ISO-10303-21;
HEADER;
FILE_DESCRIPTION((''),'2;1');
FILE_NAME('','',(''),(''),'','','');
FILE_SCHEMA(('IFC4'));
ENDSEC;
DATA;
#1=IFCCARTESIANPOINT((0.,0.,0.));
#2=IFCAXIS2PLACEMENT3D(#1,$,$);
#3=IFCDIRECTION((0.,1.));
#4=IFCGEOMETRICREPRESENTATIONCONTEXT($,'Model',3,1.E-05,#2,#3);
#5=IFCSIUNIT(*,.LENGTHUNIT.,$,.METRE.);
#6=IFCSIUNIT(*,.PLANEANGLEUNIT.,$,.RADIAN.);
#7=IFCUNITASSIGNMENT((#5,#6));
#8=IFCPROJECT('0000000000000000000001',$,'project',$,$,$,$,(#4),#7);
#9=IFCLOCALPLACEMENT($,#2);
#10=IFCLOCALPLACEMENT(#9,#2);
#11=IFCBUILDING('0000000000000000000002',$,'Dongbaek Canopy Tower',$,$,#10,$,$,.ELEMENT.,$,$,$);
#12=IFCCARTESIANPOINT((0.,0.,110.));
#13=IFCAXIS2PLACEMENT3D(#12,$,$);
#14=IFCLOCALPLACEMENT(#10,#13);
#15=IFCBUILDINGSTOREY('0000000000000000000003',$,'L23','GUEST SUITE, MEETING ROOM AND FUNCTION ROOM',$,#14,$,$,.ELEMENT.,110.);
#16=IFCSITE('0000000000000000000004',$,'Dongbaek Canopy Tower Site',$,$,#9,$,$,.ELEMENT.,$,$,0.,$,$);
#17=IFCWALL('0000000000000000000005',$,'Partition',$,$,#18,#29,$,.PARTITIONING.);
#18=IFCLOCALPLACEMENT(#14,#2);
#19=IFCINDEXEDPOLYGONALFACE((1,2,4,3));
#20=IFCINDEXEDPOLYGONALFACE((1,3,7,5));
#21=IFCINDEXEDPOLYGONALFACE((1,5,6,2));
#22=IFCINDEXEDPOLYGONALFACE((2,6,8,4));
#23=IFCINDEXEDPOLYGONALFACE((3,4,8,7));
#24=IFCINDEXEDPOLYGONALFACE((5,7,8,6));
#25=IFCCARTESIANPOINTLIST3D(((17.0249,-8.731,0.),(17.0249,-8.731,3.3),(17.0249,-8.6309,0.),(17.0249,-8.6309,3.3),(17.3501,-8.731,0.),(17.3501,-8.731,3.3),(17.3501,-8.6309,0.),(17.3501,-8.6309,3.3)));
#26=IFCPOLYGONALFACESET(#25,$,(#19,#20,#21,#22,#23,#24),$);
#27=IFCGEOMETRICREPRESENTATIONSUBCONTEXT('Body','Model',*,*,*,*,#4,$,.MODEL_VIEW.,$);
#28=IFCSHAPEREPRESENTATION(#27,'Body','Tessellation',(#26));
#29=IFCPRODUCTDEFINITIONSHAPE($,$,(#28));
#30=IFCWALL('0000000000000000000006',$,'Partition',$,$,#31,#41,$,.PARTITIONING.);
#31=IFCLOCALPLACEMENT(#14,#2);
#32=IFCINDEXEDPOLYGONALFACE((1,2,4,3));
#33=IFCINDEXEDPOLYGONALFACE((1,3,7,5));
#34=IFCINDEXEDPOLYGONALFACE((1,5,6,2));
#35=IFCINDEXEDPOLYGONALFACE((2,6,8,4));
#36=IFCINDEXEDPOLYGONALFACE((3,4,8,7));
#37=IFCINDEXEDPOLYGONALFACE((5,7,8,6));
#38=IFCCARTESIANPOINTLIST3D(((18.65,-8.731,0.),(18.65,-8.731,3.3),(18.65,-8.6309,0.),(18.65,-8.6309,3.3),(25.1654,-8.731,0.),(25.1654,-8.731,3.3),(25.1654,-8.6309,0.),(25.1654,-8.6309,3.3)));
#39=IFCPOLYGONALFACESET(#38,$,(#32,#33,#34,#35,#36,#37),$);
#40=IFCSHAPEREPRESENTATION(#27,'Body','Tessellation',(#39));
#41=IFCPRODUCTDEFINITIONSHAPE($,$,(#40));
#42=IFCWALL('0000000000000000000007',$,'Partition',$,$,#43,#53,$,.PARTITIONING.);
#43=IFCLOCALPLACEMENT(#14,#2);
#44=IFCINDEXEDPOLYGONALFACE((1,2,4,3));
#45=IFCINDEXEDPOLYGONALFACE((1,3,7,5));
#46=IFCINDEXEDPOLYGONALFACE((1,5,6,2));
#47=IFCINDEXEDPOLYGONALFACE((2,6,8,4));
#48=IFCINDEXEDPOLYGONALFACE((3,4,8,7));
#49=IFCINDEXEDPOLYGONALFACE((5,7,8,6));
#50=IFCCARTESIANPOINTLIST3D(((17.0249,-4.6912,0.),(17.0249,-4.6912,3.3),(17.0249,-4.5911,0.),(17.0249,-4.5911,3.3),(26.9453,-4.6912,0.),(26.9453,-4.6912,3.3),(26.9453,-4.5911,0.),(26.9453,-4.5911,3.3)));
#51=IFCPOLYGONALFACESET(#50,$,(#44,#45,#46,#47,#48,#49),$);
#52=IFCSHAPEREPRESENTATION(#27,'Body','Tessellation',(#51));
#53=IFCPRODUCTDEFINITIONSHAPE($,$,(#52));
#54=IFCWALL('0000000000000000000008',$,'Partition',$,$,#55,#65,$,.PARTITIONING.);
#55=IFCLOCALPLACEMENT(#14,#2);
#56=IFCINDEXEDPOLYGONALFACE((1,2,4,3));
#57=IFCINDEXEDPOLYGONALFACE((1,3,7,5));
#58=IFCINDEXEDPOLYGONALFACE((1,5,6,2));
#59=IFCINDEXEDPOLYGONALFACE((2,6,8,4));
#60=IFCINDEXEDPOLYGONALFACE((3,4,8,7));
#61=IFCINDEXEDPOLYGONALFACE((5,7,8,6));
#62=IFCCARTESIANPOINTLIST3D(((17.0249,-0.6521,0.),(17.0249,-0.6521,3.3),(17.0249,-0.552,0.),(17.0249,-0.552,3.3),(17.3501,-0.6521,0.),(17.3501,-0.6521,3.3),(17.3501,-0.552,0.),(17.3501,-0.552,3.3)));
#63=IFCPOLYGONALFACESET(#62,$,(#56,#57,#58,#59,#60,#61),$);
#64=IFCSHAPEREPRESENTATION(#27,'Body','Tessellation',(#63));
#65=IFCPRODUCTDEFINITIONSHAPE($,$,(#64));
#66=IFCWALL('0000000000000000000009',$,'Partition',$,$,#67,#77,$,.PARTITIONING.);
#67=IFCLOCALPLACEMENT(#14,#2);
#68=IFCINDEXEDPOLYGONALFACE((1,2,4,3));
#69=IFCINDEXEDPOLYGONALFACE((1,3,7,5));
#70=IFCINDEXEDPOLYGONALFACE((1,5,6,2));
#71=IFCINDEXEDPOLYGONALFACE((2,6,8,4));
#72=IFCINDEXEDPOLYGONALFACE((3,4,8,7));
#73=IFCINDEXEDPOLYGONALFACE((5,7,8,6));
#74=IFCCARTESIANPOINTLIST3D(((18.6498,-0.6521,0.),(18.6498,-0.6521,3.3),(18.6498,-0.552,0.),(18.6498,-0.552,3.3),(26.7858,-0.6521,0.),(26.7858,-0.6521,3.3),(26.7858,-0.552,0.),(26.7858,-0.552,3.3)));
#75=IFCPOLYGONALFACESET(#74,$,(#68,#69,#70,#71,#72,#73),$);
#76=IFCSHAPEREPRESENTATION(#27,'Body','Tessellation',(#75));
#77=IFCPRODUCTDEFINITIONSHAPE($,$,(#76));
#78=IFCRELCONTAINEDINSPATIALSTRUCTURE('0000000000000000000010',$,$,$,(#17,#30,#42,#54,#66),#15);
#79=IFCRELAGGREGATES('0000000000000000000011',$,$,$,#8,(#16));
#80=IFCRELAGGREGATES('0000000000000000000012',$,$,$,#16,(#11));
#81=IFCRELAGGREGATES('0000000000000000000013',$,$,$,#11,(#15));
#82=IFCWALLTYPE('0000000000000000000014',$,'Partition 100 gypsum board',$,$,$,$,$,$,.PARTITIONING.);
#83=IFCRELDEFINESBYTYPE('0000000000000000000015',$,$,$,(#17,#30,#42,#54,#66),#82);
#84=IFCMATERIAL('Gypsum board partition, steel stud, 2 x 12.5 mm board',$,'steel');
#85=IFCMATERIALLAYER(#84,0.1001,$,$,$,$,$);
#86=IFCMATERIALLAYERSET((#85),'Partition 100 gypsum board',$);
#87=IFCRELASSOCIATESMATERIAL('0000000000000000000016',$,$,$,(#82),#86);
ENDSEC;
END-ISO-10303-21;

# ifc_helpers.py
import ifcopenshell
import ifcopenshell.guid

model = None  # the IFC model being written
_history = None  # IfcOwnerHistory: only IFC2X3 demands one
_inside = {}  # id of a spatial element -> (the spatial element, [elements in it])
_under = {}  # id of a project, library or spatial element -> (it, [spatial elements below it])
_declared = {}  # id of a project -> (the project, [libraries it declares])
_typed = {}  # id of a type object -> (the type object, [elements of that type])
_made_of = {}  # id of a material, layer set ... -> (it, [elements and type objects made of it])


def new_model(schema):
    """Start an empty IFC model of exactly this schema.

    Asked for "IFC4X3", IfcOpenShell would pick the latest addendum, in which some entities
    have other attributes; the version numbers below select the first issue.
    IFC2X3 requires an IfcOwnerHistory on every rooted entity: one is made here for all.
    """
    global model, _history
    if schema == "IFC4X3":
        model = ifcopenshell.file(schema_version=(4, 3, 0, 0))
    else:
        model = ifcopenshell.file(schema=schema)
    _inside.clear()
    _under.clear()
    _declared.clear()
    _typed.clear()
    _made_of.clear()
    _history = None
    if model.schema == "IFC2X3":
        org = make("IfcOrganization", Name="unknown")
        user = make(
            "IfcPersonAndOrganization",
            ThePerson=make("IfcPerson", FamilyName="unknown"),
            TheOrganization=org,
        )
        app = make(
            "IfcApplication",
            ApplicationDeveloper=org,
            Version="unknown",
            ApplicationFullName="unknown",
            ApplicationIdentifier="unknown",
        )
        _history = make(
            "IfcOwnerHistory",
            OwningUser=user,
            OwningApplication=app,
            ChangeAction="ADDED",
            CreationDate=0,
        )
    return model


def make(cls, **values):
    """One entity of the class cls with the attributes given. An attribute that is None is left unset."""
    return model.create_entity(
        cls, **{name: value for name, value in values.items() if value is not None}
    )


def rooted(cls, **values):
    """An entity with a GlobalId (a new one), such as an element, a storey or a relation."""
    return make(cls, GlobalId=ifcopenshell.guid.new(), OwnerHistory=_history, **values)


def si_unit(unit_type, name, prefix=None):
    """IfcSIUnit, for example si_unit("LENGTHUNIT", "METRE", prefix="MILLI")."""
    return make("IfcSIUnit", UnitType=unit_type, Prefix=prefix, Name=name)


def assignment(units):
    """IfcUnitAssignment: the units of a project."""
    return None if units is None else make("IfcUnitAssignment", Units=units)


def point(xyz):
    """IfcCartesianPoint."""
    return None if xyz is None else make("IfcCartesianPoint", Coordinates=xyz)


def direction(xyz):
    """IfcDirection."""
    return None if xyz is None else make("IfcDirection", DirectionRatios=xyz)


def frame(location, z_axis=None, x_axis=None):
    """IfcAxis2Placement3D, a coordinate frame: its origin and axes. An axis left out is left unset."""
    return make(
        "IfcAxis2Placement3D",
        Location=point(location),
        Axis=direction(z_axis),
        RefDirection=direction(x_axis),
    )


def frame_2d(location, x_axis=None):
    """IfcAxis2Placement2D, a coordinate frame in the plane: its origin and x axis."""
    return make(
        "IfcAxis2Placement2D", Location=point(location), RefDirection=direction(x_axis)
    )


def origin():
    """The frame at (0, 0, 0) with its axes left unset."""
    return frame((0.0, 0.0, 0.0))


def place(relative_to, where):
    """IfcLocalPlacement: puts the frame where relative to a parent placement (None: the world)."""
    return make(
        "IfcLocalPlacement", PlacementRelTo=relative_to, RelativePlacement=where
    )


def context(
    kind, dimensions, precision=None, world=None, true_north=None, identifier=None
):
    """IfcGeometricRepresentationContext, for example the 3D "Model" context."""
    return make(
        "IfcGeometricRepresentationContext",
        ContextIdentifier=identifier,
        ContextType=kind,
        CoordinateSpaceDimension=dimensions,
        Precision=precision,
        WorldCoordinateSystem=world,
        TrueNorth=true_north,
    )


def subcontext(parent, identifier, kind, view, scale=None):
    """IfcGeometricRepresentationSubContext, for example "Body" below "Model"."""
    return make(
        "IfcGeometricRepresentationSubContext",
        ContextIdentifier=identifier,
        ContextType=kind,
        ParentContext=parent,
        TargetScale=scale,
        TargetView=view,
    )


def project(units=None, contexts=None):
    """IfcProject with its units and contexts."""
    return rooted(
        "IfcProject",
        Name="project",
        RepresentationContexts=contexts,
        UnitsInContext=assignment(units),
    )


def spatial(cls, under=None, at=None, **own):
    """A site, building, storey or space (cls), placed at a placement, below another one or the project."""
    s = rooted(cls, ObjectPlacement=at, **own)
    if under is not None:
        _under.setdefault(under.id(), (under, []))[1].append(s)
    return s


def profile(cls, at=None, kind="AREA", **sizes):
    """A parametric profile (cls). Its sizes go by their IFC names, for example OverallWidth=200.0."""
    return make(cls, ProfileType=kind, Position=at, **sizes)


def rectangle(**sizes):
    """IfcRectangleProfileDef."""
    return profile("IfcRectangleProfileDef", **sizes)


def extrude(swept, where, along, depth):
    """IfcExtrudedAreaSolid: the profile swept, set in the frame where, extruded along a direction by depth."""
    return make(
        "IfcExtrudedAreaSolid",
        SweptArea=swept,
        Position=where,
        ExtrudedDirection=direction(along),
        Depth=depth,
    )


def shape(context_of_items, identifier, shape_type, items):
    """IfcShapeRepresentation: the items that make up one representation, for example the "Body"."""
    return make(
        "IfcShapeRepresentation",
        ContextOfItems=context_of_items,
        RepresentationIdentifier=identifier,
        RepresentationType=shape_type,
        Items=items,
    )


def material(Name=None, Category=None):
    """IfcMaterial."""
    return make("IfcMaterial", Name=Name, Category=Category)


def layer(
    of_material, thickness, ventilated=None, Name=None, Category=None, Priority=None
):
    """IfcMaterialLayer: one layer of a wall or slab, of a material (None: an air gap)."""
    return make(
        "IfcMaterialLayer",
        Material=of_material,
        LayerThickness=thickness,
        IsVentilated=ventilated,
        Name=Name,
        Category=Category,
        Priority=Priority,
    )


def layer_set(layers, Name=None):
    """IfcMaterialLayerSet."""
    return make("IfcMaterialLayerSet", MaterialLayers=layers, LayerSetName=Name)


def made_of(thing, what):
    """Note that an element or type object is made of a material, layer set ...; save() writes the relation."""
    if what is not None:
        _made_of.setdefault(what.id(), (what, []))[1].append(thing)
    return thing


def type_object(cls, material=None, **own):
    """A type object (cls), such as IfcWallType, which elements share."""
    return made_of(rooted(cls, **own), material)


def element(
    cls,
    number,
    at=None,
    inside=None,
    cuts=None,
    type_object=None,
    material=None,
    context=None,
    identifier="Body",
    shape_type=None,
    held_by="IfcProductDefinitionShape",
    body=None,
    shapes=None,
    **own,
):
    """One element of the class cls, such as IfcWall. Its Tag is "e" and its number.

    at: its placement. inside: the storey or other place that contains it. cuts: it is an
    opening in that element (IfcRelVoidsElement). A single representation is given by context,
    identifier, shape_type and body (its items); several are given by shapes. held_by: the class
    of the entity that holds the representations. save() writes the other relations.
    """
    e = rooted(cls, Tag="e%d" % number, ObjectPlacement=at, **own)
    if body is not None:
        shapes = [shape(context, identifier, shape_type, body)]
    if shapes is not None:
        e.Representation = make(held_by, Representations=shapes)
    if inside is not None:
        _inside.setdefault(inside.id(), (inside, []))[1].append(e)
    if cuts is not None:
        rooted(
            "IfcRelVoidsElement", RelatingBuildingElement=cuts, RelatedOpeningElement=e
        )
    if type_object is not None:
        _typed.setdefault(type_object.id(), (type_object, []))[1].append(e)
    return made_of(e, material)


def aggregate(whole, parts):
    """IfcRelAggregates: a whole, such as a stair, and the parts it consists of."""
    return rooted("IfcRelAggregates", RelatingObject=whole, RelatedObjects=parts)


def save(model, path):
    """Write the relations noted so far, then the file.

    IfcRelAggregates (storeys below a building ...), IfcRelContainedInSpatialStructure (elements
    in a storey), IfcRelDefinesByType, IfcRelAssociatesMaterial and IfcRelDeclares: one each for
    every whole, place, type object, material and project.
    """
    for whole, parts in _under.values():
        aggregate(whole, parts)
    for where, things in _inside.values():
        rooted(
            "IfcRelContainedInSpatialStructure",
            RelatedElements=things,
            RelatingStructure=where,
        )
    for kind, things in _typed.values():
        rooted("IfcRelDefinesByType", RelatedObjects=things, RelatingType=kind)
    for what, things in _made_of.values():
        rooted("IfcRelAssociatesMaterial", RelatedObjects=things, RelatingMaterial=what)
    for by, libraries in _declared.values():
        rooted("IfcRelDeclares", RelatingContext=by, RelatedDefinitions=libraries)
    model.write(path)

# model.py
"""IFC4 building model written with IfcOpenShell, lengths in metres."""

from ifc_helpers import new_model, si_unit, direction, frame, frame_2d, origin, place, context, subcontext, project, spatial, rectangle, extrude, material, layer, layer_set, type_object, element, save


model = new_model("IFC4")

# Units and contexts
model_context = context("Model", 3, precision=1e-05, world=origin(), true_north=direction((0.0, 1.0)))
body_context = subcontext(model_context, "Body", "Model", "MODEL_VIEW")
ifc_project = project(units=[si_unit("LENGTHUNIT", "METRE"), si_unit("PLANEANGLEUNIT", "RADIAN")], contexts=[model_context])

# Site, building, storey
site_placement = place(None, origin())
site = spatial("IfcSite", under=ifc_project, at=site_placement, Name="Dongbaek Canopy Tower Site", CompositionType="ELEMENT", RefElevation=0.0)
building_placement = place(site_placement, origin())
building = spatial("IfcBuilding", under=site, at=building_placement, Name="Dongbaek Canopy Tower", CompositionType="ELEMENT")
storey_placement = place(building_placement, frame((0.0, 0.0, 110.0)))
storey = spatial("IfcBuildingStorey", under=building, at=storey_placement, Name="L23", Description="GUEST SUITE, MEETING ROOM AND FUNCTION ROOM", CompositionType="ELEMENT", Elevation=110.0)

# Walls
ifc_material_1 = material(Name="Gypsum board partition, steel stud, 2 x 12.5 mm board", Category="steel")
ifc_layer_1 = layer(ifc_material_1, 0.1001)
ifc_layer_set_1 = layer_set([ifc_layer_1], Name="Partition 100 gypsum board")
wall_type_1 = type_object("IfcWallType", Name="Partition 100 gypsum board", PredefinedType="PARTITIONING", material=ifc_layer_set_1)
wall_1_placement = place(storey_placement, frame((17.0249, -8.6809, 0.0), z_axis=(0.0, 0.0, 1.0), x_axis=(1.0, 0.0, 0.0)))
element("IfcWall", 1, at=wall_1_placement, inside=storey, type_object=wall_type_1, Name="Partition", PredefinedType="PARTITIONING", context=body_context, shape_type="SweptSolid", body=[
    extrude(rectangle(XDim=0.3252, YDim=0.1001, at=frame_2d((0.1626, 0.0))), origin(), (0.0, 0.0, 1.0), 3.3),
])
wall_2_placement = place(storey_placement, frame((18.6499, -8.6809, 0.0), z_axis=(0.0, 0.0, 1.0), x_axis=(1.0, 0.0, 0.0)))
element("IfcWall", 2, at=wall_2_placement, inside=storey, type_object=wall_type_1, Name="Partition", PredefinedType="PARTITIONING", context=body_context, shape_type="SweptSolid", body=[
    extrude(rectangle(XDim=6.5154, YDim=0.1001, at=frame_2d((3.2578, 0.0))), origin(), (0.0, 0.0, 1.0), 3.3),
])
wall_3_placement = place(storey_placement, frame((17.0249, -4.6411, 0.0), z_axis=(0.0, 0.0, 1.0), x_axis=(1.0, 0.0, 0.0)))
element("IfcWall", 3, at=wall_3_placement, inside=storey, type_object=wall_type_1, Name="Partition", PredefinedType="PARTITIONING", context=body_context, shape_type="SweptSolid", body=[
    extrude(rectangle(XDim=9.9204, YDim=0.1001, at=frame_2d((4.9602, 0.0))), origin(), (0.0, 0.0, 1.0), 3.3),
])
wall_4_placement = place(storey_placement, frame((17.0249, -0.6021, 0.0), z_axis=(0.0, 0.0, 1.0), x_axis=(1.0, 0.0, 0.0)))
element("IfcWall", 4, at=wall_4_placement, inside=storey, type_object=wall_type_1, Name="Partition", PredefinedType="PARTITIONING", context=body_context, shape_type="SweptSolid", body=[
    extrude(rectangle(XDim=0.3252, YDim=0.1001, at=frame_2d((0.1626, 0.0))), origin(), (0.0, 0.0, 1.0), 3.3),
])
wall_5_placement = place(storey_placement, frame((18.6499, -0.6021, 0.0), z_axis=(0.0, 0.0, 1.0), x_axis=(1.0, 0.0, 0.0)))
element("IfcWall", 5, at=wall_5_placement, inside=storey, type_object=wall_type_1, Name="Partition", PredefinedType="PARTITIONING", context=body_context, shape_type="SweptSolid", body=[
    extrude(rectangle(XDim=8.136, YDim=0.1001, at=frame_2d((4.0679, 0.0))), origin(), (0.0, 0.0, 1.0), 3.3),
])

save(model, "model.ifc")
